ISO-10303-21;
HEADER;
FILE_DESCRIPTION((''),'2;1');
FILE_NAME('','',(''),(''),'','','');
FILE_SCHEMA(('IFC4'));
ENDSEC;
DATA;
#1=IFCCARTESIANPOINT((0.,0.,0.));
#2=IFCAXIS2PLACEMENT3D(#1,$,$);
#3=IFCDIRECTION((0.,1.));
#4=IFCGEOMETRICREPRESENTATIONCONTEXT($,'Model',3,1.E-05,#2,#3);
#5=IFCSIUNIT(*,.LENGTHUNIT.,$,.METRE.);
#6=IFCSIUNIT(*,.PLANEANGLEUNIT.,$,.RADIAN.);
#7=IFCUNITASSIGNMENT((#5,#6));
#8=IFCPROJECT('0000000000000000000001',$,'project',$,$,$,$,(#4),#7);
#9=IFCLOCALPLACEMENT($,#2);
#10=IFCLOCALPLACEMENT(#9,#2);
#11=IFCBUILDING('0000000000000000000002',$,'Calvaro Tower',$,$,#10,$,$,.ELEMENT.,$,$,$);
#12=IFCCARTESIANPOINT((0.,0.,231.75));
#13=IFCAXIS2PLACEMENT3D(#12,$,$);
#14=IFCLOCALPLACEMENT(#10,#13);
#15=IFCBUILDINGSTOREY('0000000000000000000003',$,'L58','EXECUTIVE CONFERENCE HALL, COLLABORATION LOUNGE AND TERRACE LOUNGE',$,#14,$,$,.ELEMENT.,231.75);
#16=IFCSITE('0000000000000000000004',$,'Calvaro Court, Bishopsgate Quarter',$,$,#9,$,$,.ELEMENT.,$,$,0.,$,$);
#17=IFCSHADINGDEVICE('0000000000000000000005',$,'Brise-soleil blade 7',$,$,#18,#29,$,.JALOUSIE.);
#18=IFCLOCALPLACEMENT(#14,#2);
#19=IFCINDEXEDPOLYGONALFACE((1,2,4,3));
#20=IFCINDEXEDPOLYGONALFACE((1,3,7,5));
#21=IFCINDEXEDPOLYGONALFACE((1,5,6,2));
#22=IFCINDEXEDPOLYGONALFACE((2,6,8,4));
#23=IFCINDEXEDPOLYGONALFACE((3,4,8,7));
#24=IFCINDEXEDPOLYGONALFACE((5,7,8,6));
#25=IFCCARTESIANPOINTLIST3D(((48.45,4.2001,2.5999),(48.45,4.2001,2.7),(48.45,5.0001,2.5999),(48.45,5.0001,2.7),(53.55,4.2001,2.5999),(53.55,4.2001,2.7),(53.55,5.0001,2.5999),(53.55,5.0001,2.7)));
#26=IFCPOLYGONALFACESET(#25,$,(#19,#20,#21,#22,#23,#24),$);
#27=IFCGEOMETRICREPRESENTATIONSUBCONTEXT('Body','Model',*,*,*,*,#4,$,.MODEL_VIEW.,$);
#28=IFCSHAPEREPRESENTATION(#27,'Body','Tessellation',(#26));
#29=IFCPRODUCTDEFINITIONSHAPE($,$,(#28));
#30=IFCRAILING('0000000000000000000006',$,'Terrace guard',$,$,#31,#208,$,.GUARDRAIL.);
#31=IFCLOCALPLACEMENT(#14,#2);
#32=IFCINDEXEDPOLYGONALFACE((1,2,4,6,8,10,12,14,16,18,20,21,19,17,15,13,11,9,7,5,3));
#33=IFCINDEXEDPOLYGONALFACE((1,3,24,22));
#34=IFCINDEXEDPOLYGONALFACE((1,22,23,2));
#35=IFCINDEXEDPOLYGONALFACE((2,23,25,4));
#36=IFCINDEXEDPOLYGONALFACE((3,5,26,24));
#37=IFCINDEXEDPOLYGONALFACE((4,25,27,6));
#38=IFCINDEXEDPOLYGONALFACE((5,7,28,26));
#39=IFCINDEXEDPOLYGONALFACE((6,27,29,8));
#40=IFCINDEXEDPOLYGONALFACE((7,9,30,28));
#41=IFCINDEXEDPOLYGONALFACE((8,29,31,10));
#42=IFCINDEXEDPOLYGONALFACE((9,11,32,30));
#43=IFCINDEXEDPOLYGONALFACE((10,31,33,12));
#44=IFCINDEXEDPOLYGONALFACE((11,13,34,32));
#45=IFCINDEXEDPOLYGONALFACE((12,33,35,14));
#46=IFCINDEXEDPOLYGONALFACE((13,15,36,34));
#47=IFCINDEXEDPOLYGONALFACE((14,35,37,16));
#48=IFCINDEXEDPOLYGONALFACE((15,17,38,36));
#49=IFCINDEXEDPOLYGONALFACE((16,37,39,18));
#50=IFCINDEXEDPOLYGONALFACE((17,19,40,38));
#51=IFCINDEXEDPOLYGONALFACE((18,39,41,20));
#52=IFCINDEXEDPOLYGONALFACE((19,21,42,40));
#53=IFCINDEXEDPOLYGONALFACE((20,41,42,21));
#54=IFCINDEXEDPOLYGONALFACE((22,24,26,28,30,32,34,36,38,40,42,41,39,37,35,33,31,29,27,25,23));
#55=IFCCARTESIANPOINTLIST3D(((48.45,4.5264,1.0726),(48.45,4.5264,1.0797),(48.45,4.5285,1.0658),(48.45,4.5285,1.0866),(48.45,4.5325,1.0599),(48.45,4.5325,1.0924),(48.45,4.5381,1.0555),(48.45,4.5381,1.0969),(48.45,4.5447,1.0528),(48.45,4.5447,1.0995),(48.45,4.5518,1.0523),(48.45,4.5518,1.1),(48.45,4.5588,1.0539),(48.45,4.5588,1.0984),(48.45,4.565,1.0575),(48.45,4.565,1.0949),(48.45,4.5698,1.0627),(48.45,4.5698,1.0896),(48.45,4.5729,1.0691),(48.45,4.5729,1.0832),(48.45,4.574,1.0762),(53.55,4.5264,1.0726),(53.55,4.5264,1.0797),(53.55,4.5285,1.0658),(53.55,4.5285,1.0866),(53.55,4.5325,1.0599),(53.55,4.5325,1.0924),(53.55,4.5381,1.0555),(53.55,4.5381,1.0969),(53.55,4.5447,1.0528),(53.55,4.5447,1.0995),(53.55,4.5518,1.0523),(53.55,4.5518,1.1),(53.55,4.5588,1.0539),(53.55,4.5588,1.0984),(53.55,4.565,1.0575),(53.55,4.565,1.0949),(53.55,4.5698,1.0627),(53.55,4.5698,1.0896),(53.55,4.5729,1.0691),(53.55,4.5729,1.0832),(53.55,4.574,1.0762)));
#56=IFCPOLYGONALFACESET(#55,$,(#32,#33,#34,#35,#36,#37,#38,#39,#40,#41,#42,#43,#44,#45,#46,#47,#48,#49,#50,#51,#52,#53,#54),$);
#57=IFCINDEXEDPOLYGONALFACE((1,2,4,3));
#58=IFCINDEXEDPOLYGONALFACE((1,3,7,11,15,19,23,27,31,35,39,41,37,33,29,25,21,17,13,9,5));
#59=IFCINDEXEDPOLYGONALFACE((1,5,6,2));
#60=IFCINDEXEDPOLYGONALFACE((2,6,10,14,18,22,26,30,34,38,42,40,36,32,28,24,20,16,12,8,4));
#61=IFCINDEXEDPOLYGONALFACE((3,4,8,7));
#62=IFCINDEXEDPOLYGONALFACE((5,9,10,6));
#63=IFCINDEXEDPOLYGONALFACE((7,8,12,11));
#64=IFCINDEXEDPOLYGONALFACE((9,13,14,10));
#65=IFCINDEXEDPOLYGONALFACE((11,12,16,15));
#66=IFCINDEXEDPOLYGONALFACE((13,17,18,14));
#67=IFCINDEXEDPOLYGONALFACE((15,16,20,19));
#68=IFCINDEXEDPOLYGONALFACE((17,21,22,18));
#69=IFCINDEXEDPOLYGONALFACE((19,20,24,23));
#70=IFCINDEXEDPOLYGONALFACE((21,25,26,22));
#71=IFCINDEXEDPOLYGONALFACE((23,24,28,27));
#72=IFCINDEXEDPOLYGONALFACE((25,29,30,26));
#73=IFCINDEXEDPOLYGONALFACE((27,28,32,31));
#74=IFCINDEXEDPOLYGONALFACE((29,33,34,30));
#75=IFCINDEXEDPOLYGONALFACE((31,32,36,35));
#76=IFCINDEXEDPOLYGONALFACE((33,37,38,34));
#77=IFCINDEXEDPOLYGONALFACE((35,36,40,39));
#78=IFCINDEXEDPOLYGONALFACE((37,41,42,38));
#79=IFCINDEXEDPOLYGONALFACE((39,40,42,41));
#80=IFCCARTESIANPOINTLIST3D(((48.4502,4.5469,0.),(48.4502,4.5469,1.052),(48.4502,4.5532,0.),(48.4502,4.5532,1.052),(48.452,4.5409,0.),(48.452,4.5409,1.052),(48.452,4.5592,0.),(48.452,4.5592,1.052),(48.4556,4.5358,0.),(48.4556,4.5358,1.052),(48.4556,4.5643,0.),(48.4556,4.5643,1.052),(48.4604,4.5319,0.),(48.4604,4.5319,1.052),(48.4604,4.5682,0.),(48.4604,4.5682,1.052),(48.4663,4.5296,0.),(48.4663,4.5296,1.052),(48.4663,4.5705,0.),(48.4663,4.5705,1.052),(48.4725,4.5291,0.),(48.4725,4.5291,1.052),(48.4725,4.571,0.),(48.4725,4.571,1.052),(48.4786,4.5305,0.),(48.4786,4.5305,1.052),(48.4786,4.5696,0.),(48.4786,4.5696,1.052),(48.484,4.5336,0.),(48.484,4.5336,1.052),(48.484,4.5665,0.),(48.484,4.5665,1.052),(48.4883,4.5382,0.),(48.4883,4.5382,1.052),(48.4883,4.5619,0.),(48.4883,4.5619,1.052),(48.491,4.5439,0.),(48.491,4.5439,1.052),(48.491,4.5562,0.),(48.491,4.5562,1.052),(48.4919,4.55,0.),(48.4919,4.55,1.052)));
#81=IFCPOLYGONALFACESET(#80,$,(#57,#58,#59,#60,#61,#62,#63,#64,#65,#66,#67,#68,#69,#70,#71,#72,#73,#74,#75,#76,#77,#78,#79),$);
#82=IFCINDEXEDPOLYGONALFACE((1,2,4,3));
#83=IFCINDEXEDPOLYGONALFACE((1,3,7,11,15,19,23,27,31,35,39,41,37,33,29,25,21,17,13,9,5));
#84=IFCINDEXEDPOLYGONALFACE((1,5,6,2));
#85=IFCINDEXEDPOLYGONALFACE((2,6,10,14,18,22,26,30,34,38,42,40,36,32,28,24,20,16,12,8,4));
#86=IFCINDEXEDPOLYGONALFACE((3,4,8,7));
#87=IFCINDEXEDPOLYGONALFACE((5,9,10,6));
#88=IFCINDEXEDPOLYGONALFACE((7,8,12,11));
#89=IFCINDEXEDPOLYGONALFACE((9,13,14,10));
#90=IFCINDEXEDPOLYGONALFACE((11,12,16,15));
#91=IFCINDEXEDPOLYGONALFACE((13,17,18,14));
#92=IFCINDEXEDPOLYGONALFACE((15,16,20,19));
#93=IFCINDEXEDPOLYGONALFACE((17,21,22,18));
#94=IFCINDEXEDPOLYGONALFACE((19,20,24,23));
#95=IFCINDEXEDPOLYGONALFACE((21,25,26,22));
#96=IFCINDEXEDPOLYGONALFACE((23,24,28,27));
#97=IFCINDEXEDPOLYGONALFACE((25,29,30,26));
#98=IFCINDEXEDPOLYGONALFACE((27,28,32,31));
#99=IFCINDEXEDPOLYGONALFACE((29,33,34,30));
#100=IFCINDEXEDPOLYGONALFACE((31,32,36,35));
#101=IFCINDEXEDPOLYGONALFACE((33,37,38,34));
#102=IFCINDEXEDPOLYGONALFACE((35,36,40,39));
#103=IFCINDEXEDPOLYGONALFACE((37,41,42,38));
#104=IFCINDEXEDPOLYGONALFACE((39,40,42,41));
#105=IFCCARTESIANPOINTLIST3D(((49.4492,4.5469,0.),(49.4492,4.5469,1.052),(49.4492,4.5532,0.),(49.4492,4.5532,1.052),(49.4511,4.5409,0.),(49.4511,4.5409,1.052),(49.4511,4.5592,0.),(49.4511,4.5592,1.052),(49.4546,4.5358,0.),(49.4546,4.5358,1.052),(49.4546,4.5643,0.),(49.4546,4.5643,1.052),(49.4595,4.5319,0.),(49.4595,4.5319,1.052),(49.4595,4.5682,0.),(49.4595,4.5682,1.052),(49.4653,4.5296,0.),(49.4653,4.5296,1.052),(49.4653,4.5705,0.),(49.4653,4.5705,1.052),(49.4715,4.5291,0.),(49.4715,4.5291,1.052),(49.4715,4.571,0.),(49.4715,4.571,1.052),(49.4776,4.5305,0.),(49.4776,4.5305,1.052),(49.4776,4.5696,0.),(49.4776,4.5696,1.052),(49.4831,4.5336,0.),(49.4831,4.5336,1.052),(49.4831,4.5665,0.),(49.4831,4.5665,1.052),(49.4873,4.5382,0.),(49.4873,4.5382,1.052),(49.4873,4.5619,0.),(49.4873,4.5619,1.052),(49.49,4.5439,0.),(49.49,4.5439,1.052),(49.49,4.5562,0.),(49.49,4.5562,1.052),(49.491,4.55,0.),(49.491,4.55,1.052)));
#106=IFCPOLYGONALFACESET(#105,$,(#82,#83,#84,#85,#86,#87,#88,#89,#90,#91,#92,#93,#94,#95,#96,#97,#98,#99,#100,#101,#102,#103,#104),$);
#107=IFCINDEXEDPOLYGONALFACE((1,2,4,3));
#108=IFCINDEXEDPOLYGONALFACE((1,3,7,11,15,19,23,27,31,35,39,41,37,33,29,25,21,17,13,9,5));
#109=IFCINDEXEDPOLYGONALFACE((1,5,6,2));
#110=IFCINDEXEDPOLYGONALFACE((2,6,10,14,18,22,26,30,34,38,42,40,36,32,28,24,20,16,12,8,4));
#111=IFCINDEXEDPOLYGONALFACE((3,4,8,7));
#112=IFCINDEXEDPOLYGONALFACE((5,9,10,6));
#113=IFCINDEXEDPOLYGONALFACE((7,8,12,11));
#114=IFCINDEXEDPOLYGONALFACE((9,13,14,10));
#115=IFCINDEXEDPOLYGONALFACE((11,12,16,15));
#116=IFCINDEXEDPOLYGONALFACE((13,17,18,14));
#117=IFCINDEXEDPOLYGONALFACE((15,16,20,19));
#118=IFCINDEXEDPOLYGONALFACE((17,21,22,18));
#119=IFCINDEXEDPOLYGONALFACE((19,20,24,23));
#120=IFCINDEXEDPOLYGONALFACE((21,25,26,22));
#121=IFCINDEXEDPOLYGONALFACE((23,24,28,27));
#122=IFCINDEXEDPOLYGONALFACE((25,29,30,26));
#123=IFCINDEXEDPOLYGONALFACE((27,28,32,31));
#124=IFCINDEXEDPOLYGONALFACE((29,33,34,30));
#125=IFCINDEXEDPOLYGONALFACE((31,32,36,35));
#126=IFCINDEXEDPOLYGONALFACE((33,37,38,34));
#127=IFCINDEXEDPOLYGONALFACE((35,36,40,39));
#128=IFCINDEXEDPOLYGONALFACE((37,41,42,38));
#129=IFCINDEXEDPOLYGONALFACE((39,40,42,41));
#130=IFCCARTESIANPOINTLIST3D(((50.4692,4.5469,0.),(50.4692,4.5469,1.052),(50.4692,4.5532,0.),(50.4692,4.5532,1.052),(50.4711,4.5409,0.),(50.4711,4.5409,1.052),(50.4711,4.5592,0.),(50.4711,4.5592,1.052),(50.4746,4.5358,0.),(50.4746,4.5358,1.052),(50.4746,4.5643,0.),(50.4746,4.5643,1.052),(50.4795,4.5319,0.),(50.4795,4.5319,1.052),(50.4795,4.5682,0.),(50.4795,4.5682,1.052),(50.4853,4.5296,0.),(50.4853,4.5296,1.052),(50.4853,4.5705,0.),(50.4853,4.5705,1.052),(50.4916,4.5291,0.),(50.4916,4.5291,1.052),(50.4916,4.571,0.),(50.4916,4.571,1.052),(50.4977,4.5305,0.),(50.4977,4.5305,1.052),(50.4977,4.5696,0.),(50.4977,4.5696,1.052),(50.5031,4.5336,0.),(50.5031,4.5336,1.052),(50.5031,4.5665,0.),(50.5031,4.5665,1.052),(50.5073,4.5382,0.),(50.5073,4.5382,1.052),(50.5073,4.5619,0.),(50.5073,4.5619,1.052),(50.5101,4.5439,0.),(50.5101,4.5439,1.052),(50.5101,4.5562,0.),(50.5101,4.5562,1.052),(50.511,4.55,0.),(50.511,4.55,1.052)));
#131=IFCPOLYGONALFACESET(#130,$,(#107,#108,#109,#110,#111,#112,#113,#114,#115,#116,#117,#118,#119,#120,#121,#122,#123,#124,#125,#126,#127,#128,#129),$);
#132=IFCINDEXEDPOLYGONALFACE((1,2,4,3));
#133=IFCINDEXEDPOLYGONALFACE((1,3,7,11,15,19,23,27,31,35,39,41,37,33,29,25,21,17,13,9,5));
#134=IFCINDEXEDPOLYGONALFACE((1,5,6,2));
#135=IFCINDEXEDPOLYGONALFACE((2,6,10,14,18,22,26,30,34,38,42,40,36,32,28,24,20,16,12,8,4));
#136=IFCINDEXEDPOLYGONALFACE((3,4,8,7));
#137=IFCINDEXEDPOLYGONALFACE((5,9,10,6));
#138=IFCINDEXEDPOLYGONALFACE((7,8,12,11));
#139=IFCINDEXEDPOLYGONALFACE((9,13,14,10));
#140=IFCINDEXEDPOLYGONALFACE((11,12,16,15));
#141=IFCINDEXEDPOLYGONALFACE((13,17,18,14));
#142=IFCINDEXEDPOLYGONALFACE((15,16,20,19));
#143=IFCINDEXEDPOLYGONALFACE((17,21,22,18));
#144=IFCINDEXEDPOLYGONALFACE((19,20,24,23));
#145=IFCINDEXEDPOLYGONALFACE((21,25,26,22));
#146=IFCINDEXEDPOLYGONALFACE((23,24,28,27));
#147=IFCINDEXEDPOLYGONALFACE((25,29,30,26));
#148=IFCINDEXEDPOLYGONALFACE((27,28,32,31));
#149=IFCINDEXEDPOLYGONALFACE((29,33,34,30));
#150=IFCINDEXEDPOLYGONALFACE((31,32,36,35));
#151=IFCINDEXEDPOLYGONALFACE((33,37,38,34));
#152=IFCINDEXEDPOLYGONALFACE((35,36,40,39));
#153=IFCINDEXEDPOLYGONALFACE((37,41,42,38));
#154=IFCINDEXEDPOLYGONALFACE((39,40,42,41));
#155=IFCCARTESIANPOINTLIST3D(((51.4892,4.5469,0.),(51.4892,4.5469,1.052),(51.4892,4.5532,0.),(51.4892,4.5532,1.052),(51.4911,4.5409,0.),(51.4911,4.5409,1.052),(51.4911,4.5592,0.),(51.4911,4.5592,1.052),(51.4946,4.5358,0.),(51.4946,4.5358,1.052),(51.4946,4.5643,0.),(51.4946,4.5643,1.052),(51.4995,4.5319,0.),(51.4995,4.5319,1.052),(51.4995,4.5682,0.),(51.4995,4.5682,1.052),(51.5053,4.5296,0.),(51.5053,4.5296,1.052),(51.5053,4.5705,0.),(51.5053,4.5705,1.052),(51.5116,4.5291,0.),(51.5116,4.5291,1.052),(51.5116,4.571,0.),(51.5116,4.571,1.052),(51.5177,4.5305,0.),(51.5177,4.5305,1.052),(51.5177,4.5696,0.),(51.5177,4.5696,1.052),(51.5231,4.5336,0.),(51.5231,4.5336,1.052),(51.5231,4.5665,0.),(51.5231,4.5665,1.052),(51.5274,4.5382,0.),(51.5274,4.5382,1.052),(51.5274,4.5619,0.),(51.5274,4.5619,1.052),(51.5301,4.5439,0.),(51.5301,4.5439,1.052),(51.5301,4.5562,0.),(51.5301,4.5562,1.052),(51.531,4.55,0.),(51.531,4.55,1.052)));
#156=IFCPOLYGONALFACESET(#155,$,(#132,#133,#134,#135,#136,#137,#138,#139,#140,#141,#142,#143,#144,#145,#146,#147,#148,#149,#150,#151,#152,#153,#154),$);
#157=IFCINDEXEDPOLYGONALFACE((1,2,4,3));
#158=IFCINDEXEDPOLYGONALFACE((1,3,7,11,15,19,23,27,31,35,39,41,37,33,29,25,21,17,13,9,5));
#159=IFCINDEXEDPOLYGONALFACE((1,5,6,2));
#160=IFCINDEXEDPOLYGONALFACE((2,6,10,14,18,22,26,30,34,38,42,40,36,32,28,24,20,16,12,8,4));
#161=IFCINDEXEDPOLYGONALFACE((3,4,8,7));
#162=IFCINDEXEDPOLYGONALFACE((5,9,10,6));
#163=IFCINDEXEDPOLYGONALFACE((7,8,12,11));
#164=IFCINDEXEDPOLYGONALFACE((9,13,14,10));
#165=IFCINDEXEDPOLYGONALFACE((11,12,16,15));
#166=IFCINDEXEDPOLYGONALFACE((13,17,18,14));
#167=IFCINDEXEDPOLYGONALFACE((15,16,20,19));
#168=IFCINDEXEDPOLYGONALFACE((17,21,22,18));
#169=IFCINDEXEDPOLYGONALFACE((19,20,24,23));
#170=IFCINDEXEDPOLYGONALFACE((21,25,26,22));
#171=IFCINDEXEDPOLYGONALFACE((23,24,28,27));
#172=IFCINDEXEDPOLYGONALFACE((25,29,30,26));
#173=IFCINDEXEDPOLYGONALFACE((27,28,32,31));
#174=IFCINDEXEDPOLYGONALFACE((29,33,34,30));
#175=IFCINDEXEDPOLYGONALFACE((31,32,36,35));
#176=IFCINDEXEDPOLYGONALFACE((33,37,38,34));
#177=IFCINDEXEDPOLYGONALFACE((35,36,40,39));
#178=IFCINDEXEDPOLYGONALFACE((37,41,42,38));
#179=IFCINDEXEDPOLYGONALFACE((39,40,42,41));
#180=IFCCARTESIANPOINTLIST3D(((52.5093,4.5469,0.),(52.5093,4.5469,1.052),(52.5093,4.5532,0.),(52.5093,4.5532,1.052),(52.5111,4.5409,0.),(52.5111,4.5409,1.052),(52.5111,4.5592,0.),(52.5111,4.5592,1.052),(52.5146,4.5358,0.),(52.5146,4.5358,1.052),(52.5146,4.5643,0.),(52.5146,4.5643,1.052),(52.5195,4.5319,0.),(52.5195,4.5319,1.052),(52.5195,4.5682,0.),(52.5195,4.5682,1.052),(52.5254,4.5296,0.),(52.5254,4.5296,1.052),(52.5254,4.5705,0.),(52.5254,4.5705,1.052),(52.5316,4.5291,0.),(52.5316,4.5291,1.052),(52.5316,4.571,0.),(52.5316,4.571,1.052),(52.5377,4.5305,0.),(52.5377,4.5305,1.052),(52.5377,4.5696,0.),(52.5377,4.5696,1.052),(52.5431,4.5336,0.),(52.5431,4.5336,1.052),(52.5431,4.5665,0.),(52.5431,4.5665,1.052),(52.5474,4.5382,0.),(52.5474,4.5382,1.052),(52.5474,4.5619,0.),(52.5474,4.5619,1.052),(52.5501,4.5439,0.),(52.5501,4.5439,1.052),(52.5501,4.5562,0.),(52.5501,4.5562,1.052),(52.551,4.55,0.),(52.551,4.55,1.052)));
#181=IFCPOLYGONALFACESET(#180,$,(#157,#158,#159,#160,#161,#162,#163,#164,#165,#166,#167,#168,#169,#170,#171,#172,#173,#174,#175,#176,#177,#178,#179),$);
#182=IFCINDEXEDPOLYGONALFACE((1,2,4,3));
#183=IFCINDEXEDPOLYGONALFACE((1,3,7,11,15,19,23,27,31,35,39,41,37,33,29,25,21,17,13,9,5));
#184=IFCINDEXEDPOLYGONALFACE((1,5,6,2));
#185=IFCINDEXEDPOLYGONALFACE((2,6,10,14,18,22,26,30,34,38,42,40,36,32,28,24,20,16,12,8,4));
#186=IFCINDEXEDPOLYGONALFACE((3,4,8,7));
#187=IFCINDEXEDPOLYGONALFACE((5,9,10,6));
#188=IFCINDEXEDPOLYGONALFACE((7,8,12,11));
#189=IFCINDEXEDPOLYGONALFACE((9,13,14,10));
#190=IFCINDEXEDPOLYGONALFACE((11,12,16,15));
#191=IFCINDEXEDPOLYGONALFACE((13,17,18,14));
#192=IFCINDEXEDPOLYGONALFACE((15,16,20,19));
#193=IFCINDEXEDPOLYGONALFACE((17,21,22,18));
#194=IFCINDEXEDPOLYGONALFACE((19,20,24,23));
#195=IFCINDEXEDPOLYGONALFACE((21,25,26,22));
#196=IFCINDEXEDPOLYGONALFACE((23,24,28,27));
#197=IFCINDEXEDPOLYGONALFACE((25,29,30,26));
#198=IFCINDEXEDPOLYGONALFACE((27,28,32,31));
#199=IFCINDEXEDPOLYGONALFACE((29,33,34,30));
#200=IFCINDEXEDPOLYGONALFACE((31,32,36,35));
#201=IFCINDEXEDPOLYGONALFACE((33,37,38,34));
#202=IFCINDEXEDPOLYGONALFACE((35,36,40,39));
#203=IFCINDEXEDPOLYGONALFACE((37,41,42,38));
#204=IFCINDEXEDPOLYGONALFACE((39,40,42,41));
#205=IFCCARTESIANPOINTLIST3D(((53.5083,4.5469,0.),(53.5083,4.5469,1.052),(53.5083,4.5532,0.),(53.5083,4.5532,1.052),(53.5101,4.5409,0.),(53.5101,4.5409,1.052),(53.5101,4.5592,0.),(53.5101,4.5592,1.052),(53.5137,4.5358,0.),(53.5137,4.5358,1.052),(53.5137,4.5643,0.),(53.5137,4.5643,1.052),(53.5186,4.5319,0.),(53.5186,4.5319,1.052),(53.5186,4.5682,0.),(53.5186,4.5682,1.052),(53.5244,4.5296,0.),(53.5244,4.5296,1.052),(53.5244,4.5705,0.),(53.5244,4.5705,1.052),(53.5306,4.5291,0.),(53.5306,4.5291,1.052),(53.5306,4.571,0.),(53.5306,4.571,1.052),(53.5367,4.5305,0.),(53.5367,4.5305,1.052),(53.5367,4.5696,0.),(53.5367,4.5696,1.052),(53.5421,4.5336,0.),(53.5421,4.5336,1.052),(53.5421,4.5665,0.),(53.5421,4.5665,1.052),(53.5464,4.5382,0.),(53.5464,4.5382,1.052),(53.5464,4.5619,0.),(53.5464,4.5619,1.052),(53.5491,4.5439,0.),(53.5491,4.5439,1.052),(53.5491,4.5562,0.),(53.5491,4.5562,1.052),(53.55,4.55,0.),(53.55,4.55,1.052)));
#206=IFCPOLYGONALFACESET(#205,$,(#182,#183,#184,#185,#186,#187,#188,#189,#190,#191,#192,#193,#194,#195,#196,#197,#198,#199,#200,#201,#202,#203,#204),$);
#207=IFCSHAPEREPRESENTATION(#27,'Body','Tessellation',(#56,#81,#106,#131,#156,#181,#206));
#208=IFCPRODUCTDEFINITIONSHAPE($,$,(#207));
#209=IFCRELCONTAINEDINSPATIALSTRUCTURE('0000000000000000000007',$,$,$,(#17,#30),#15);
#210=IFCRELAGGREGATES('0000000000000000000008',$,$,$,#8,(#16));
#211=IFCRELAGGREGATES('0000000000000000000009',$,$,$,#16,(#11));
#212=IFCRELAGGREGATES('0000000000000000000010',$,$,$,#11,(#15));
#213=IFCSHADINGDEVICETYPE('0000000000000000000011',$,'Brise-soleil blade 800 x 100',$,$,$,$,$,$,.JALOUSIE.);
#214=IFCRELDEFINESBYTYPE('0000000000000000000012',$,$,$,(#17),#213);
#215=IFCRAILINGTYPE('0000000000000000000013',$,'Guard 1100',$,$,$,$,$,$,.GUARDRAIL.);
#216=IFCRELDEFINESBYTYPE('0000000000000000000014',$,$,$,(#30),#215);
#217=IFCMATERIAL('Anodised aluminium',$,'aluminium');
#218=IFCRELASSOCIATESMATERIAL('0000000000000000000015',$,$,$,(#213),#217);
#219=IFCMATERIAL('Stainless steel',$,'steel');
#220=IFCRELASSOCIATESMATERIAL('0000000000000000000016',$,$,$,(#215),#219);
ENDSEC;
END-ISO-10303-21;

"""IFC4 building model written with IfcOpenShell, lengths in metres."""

from ifc_helpers import new_model, si_unit, direction, frame, origin, origin_2d, place, context, subcontext, project, spatial, rectangle, circle, extrude, material, material_profile, profile_set, type_object, element, save


model = new_model("IFC4")

# Units and contexts
model_context = context("Model", 3, precision=1e-05, world=origin(), true_north=direction((0.0, 1.0)))
body_context = subcontext(model_context, "Body", "Model", "MODEL_VIEW")
ifc_project = project(units=[si_unit("LENGTHUNIT", "METRE"), si_unit("PLANEANGLEUNIT", "RADIAN")], contexts=[model_context])

# Site, building, storey
site_placement = place(None, origin())
site = spatial("IfcSite", under=ifc_project, at=site_placement, Name="Calvaro Court, Bishopsgate Quarter", CompositionType="ELEMENT", RefElevation=0.0)
building_placement = place(site_placement, origin())
building = spatial("IfcBuilding", under=site, at=building_placement, Name="Calvaro Tower", CompositionType="ELEMENT")
storey_placement = place(building_placement, frame((0.0, 0.0, 231.75)))
storey = spatial("IfcBuildingStorey", under=building, at=storey_placement, Name="L58", Description="EXECUTIVE CONFERENCE HALL, COLLABORATION LOUNGE AND TERRACE LOUNGE", CompositionType="ELEMENT", Elevation=231.75)

# Shading device
ifc_material_1 = material(Name="Anodised aluminium", Category="aluminium")
ifc_material_profile_1 = material_profile(ifc_material_1, rectangle(XDim=0.8, YDim=0.1001, at=origin_2d()), Name="Brise-soleil blade 800 x 100")
ifc_profile_set_1 = profile_set([ifc_material_profile_1], Name="Anodised aluminium")
shading_device_type_1 = type_object("IfcShadingDeviceType", Name="Brise-soleil blade 800 x 100", PredefinedType="JALOUSIE", material=ifc_profile_set_1)
for number, where, z_axis, x_axis, name in (
    (1, (48.45, 4.6001, 2.6499), (1.0, 0.0, 0.0), (0.0, 1.0, 0.0), "Brise-soleil blade 7"),
):
    element("IfcShadingDevice", number, at=place(storey_placement, frame(where, z_axis=z_axis, x_axis=x_axis)), inside=storey, type_object=shading_device_type_1, Name=name, PredefinedType="JALOUSIE", context=body_context, shape_type="SweptSolid", body=[
        extrude(rectangle(XDim=0.8, YDim=0.1001, at=origin_2d()), origin(), (0.0, 0.0, 1.0), 5.1001),
    ])

# Railing
ifc_material_2 = material(Name="Stainless steel", Category="steel")
railing_type = type_object("IfcRailingType", Name="Guard 1100", PredefinedType="GUARDRAIL", material=ifc_material_2)
railing_placement = place(storey_placement, frame((48.45, 4.55, 0.0)))
element("IfcRailing", 2, at=railing_placement, inside=storey, type_object=railing_type, Name="Terrace guard", PredefinedType="GUARDRAIL", context=body_context, shape_type="SweptSolid", body=[
    extrude(circle(Radius=0.0239, at=origin_2d()), frame((0.0, 0.0, 1.0762), z_axis=(1.0, 0.0, 0.0), x_axis=(0.0, 1.0, 0.0)), (0.0, 0.0, 1.0), 5.1001),
    extrude(circle(Radius=0.021, at=origin_2d()), frame((0.021, 0.0, 0.0)), (0.0, 0.0, 1.0), 1.052),
    extrude(circle(Radius=0.021, at=origin_2d()), frame((1.02, 0.0, 0.0)), (0.0, 0.0, 1.0), 1.052),
    extrude(circle(Radius=0.021, at=origin_2d()), frame((2.04, 0.0, 0.0)), (0.0, 0.0, 1.0), 1.052),
    extrude(circle(Radius=0.021, at=origin_2d()), frame((3.0601, 0.0, 0.0)), (0.0, 0.0, 1.0), 1.052),
    extrude(circle(Radius=0.021, at=origin_2d()), frame((4.0801, 0.0, 0.0)), (0.0, 0.0, 1.0), 1.052),
    extrude(circle(Radius=0.021, at=origin_2d()), frame((5.0791, 0.0, 0.0)), (0.0, 0.0, 1.0), 1.052),
])

save(model, "model.ifc")
